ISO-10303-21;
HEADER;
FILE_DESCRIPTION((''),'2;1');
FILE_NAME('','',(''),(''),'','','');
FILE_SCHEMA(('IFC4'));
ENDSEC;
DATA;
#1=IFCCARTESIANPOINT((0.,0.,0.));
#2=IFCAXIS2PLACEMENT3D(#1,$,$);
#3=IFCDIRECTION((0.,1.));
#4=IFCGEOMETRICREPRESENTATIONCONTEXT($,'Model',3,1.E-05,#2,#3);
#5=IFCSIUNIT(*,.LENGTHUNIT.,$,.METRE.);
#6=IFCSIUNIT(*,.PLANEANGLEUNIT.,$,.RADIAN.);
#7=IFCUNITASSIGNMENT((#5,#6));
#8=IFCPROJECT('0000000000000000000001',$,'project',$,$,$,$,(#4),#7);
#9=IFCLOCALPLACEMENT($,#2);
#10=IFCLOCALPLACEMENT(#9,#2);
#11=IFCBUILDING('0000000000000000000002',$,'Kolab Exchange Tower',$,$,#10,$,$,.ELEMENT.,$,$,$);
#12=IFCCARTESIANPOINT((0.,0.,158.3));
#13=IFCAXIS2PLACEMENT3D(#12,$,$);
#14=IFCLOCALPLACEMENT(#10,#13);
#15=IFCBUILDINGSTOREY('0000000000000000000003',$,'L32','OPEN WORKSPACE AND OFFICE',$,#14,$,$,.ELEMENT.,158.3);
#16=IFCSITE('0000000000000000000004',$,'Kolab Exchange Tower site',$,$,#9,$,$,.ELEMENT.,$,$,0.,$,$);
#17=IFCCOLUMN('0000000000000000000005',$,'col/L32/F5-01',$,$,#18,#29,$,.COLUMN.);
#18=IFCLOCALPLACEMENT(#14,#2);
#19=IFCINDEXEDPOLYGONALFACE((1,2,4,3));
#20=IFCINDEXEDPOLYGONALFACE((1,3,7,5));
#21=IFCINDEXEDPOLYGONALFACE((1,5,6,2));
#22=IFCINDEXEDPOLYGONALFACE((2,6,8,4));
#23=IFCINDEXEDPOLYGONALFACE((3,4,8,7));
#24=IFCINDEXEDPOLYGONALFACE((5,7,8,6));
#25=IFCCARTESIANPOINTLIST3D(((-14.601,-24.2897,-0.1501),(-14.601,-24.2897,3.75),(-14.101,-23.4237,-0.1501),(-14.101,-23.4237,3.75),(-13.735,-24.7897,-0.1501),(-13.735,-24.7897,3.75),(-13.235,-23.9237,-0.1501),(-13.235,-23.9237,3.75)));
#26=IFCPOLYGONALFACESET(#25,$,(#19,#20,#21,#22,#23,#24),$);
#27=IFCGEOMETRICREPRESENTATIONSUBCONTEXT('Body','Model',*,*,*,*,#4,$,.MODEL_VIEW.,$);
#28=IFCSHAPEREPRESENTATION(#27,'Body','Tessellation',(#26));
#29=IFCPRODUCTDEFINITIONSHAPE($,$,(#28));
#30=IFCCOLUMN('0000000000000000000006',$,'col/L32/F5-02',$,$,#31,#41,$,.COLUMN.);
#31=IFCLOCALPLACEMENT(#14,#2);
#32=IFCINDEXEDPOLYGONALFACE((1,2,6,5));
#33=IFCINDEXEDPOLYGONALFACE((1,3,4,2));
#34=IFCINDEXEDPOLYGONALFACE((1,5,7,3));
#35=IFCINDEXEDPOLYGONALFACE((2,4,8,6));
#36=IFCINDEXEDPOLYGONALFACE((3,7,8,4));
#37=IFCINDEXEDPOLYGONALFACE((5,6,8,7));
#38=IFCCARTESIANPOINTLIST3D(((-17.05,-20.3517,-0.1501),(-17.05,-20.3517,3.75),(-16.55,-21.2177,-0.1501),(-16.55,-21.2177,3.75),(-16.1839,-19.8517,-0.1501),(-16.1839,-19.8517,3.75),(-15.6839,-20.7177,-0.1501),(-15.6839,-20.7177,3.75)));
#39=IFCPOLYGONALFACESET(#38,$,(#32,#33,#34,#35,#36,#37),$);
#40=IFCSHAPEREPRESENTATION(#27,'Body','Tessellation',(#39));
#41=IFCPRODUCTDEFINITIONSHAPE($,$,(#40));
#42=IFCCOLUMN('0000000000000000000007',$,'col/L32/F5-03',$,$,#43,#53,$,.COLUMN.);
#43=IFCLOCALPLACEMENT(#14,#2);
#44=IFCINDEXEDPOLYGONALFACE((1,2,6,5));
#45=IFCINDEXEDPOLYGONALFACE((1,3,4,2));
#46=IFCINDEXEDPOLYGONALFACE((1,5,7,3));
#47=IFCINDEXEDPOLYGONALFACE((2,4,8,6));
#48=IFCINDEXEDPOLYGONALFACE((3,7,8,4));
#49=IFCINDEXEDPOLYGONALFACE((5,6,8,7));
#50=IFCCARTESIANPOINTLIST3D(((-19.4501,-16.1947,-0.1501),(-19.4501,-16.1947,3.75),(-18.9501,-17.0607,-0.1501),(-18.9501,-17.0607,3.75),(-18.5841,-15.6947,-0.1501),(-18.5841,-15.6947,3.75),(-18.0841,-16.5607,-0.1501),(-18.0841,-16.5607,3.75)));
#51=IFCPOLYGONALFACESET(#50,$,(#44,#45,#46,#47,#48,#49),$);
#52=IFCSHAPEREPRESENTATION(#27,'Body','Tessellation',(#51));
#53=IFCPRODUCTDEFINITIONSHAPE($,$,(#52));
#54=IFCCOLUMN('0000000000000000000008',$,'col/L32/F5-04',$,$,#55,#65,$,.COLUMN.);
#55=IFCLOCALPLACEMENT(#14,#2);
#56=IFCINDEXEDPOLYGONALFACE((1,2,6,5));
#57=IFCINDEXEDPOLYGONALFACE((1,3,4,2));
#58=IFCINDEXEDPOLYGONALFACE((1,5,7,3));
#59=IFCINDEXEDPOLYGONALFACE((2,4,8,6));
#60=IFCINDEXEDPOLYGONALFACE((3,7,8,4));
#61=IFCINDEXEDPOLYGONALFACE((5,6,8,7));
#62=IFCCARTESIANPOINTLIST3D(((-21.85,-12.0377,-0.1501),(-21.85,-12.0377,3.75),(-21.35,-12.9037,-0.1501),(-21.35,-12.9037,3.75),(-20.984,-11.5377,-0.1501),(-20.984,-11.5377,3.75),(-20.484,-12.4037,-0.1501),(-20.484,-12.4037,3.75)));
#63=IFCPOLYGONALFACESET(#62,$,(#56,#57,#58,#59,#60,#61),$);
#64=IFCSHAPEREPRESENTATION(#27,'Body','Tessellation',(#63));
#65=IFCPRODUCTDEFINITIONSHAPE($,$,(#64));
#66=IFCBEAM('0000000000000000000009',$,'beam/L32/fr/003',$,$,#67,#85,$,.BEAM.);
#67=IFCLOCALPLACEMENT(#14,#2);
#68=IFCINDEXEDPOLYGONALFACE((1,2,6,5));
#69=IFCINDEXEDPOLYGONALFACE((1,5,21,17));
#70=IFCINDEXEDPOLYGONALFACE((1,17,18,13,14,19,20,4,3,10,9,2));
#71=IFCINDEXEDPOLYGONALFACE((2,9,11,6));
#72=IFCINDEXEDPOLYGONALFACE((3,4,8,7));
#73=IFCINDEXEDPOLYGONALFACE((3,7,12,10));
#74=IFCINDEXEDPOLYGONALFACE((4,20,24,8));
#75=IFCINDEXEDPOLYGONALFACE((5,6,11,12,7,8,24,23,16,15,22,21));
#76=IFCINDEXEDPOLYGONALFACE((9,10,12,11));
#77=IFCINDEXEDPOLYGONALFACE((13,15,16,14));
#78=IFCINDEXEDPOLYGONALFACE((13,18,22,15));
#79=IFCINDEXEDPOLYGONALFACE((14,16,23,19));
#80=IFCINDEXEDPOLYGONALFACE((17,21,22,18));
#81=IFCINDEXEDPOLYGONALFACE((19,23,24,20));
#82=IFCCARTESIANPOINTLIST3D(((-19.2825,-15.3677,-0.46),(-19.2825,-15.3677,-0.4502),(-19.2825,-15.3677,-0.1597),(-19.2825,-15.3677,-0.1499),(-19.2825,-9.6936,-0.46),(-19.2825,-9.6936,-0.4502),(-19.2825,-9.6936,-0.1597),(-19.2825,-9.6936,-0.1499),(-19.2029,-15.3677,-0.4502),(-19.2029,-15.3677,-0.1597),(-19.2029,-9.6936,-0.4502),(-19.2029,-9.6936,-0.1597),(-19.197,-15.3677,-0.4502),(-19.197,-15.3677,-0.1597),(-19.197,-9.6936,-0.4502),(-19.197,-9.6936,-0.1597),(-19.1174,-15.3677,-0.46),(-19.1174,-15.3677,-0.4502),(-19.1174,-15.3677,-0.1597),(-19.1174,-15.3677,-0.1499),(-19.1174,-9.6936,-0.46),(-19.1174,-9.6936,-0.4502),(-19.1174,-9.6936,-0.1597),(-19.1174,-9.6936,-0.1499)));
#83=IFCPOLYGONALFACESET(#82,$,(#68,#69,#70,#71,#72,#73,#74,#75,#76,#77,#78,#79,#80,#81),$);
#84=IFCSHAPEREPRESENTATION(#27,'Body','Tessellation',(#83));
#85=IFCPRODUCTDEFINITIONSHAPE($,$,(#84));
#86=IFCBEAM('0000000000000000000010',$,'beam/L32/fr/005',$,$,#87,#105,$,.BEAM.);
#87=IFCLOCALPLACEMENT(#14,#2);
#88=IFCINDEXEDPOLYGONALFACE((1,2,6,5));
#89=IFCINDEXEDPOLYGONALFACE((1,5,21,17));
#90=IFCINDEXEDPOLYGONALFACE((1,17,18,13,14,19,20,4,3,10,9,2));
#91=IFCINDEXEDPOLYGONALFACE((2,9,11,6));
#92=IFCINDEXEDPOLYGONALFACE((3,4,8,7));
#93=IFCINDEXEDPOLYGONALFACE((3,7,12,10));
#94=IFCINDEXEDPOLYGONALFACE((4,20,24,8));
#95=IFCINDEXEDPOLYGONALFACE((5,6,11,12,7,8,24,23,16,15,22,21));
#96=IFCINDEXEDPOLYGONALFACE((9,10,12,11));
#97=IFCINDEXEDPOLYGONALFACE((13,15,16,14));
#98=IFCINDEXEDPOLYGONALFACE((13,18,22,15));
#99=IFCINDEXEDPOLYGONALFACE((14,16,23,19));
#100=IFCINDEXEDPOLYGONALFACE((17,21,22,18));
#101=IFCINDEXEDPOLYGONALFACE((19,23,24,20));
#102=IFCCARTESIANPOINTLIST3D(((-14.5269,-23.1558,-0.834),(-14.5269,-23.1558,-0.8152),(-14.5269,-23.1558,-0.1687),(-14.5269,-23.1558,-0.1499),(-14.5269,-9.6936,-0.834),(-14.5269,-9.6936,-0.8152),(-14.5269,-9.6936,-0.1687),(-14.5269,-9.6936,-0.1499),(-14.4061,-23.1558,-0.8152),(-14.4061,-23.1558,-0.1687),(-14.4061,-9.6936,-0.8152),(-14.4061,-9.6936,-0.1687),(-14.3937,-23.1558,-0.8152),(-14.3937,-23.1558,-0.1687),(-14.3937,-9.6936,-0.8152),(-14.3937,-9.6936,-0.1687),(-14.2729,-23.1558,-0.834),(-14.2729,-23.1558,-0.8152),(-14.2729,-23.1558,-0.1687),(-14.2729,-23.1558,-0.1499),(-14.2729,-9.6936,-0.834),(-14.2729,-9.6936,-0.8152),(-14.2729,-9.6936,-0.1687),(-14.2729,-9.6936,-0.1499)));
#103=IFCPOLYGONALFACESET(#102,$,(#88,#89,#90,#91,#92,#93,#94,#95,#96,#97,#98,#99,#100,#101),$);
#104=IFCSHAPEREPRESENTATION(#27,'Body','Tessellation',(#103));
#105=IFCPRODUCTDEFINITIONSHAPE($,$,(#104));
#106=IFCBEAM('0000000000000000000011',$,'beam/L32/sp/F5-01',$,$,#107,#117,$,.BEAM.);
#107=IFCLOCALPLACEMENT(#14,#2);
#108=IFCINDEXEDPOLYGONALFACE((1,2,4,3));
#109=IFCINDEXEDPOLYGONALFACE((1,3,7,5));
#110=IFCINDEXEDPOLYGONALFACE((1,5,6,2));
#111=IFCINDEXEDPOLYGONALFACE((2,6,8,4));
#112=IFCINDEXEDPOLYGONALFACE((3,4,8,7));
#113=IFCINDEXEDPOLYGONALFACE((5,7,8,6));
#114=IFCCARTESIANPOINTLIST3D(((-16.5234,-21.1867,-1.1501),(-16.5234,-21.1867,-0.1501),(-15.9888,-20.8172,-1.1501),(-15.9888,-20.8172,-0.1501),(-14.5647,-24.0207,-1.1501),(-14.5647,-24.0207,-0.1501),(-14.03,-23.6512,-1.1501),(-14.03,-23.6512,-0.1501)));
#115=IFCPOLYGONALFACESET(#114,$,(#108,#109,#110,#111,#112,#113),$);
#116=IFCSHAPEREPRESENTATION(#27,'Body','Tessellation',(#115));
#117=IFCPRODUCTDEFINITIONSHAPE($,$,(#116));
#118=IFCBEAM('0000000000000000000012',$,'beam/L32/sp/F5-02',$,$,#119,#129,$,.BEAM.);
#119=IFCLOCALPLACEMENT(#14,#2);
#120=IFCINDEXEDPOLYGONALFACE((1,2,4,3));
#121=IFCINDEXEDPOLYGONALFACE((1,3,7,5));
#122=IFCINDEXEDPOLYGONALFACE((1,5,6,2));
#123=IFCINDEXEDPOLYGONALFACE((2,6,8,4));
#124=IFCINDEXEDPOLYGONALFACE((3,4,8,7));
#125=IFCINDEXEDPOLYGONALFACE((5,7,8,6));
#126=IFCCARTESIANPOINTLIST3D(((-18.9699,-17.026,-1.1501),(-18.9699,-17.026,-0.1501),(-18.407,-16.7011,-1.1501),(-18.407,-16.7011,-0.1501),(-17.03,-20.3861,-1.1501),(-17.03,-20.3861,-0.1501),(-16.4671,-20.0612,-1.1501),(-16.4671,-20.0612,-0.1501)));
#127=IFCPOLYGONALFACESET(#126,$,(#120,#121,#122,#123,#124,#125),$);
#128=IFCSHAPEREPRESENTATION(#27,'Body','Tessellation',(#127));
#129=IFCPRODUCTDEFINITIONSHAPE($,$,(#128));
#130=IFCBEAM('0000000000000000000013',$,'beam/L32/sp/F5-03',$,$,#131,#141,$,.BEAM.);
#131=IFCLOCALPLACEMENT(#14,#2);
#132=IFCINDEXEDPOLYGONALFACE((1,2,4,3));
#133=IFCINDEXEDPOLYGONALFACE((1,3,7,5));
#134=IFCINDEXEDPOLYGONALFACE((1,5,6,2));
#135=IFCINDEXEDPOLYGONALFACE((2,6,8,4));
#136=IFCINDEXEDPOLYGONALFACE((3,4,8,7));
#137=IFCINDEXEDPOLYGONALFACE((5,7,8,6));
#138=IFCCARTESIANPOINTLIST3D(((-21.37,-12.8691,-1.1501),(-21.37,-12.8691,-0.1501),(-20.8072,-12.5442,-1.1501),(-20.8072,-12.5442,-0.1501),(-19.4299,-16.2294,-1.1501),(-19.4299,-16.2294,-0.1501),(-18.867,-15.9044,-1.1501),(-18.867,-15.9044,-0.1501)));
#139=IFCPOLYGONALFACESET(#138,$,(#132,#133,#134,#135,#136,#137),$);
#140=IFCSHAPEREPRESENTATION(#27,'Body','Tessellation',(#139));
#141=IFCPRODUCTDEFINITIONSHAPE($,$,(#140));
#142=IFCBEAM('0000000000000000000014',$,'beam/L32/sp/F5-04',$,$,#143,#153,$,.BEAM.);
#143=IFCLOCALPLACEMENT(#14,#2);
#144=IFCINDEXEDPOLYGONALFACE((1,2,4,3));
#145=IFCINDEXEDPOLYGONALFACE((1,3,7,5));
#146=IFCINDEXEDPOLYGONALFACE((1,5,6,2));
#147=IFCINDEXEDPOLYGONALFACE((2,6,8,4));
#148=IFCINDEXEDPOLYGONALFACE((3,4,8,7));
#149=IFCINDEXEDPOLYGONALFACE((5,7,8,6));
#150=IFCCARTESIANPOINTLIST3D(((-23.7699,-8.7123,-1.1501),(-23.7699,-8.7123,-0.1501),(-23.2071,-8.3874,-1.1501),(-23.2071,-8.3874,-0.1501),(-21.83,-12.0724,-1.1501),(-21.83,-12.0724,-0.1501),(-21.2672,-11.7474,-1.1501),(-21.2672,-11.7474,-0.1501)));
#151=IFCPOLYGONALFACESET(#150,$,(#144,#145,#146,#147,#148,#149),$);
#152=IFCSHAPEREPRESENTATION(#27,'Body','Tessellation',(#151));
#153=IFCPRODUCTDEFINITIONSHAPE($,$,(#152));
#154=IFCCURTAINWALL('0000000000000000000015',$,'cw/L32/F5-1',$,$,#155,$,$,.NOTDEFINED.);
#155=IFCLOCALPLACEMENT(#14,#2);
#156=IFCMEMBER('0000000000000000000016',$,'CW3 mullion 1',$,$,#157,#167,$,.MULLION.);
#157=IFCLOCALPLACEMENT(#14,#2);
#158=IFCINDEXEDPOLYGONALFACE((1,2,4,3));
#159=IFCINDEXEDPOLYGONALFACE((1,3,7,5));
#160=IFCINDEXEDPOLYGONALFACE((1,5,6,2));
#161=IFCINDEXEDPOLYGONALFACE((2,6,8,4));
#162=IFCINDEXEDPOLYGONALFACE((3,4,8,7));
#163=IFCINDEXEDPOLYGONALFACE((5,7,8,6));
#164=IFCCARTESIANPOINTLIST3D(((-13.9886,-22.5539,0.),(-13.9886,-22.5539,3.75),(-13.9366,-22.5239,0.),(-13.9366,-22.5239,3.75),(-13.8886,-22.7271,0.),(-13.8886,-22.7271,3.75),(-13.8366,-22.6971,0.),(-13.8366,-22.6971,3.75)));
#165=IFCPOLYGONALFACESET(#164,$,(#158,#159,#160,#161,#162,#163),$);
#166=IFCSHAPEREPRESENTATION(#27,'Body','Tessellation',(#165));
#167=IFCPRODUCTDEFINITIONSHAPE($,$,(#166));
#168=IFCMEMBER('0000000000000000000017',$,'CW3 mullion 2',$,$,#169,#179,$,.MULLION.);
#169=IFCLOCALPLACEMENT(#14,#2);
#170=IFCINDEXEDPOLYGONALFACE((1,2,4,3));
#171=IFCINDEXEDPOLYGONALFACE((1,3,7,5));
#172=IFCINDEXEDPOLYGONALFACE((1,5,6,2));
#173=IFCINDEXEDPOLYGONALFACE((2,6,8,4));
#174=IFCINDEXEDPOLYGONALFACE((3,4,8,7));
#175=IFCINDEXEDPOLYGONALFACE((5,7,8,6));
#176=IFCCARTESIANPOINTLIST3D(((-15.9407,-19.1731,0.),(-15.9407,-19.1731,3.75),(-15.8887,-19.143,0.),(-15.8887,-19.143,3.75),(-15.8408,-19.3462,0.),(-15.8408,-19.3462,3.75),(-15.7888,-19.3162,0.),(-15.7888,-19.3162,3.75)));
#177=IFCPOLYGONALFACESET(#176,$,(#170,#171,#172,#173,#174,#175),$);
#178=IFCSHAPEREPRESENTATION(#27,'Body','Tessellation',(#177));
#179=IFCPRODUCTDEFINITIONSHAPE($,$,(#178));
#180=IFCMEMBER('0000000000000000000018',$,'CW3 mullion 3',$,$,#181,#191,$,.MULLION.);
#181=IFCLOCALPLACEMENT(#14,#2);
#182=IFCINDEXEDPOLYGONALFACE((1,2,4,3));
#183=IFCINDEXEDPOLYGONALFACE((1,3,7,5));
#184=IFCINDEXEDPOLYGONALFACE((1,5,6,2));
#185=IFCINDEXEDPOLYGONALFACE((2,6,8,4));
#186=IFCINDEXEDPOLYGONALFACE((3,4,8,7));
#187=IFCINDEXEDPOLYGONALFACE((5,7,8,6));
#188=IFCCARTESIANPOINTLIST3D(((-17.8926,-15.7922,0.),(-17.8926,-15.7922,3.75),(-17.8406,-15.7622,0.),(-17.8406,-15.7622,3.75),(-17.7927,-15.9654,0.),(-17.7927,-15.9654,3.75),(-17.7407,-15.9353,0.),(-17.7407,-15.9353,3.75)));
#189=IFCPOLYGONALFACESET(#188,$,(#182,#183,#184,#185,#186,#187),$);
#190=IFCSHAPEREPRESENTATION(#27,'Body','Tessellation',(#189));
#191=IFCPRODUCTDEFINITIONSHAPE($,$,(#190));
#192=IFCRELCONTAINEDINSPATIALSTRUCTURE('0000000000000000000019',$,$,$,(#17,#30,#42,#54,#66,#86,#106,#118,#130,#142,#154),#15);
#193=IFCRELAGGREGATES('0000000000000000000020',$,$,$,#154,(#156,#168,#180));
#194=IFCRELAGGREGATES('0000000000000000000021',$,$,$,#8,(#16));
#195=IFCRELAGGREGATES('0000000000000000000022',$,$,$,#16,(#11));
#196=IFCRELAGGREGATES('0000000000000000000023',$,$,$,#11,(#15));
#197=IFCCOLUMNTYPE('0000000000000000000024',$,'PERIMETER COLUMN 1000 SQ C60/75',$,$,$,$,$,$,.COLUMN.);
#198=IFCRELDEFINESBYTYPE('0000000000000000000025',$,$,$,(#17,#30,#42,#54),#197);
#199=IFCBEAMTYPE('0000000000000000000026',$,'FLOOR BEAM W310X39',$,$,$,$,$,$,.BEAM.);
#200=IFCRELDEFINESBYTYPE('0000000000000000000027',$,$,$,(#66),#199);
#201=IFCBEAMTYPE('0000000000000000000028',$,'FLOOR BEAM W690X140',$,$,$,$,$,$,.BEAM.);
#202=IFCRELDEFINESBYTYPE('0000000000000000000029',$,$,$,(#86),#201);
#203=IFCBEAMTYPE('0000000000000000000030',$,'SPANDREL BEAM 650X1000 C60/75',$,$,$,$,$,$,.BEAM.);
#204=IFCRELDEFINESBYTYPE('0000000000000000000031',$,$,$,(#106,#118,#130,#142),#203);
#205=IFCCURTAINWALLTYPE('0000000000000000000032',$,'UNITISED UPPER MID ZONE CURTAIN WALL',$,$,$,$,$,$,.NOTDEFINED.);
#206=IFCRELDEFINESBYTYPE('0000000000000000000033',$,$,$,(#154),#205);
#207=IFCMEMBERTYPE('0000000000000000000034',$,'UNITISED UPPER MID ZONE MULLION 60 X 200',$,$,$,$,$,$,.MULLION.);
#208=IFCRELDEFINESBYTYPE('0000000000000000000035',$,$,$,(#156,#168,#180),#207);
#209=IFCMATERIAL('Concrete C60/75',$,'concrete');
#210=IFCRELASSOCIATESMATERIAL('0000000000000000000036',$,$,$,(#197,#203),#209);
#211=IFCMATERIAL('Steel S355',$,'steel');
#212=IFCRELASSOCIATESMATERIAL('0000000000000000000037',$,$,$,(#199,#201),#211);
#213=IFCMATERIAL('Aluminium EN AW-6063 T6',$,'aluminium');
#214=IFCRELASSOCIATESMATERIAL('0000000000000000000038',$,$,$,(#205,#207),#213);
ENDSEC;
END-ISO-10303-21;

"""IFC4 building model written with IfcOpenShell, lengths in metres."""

from ifc_helpers import new_model, si_unit, direction, frame, origin, origin_2d, place, context, subcontext, project, spatial, rectangle, i_section, extrude, material, material_profile, profile_set, type_object, element, aggregate, save


model = new_model("IFC4")

# Units and contexts
model_context = context("Model", 3, precision=1e-05, world=origin(), true_north=direction((0.0, 1.0)))
body_context = subcontext(model_context, "Body", "Model", "MODEL_VIEW")
ifc_project = project(units=[si_unit("LENGTHUNIT", "METRE"), si_unit("PLANEANGLEUNIT", "RADIAN")], contexts=[model_context])

# Site, building, storey
site_placement = place(None, origin())
site = spatial("IfcSite", under=ifc_project, at=site_placement, Name="Kolab Exchange Tower site", CompositionType="ELEMENT", RefElevation=0.0)
building_placement = place(site_placement, origin())
building = spatial("IfcBuilding", under=site, at=building_placement, Name="Kolab Exchange Tower", CompositionType="ELEMENT")
storey_placement = place(building_placement, frame((0.0, 0.0, 158.3)))
storey = spatial("IfcBuildingStorey", under=building, at=storey_placement, Name="L32", Description="OPEN WORKSPACE AND OFFICE", CompositionType="ELEMENT", Elevation=158.3)

# Columns
ifc_material_1 = material(Name="Concrete C60/75", Category="concrete")
ifc_material_profile_1 = material_profile(ifc_material_1, rectangle(XDim=1.0, YDim=1.0, at=origin_2d()), Name="RC1000")
ifc_profile_set_1 = profile_set([ifc_material_profile_1], Name="Concrete C60/75")
column_type = type_object("IfcColumnType", Name="PERIMETER COLUMN 1000 SQ C60/75", PredefinedType="COLUMN", material=ifc_profile_set_1)
for number, where, z_axis, x_axis, name in (
    (1, (-13.918, -24.1067, -0.1501), (0.0, 0.0, 1.0), (0.5, 0.866025, 0.0), "col/L32/F5-01"),
    (2, (-16.3669, -20.5347, -0.1501), (0.0, 0.0, 1.0), (0.866025, 0.5, 0.0), "col/L32/F5-02"),
    (3, (-18.7671, -16.3777, -0.1501), (0.0, 0.0, 1.0), (0.866025, 0.5, 0.0), "col/L32/F5-03"),
    (4, (-21.167, -12.2207, -0.1501), (0.0, 0.0, 1.0), (0.866025, 0.5, 0.0), "col/L32/F5-04"),
):
    element("IfcColumn", number, at=place(storey_placement, frame(where, z_axis=z_axis, x_axis=x_axis)), inside=storey, type_object=column_type, Name=name, PredefinedType="COLUMN", context=body_context, shape_type="SweptSolid", body=[
        extrude(rectangle(XDim=1.0, YDim=1.0, at=origin_2d()), origin(), (0.0, 0.0, 1.0), 3.9001),
    ])

# Beams
ifc_material_2 = material(Name="Steel S355", Category="steel")
ifc_material_profile_2 = material_profile(ifc_material_2, i_section(OverallWidth=0.165, OverallDepth=0.3101, WebThickness=0.0059, FlangeThickness=0.0098, at=origin_2d()), Name="W310X39")
ifc_profile_set_2 = profile_set([ifc_material_profile_2], Name="Steel S355")
beam_type_1 = type_object("IfcBeamType", Name="FLOOR BEAM W310X39", PredefinedType="BEAM", material=ifc_profile_set_2)
beam_1_placement = place(storey_placement, frame((-19.2, -15.3677, -0.3049), z_axis=(0.0, 1.0, 0.0), x_axis=(-1.0, 0.0, 0.0)))
element("IfcBeam", 5, at=beam_1_placement, inside=storey, type_object=beam_type_1, Name="beam/L32/fr/003", PredefinedType="BEAM", context=body_context, shape_type="SweptSolid", body=[
    extrude(i_section(OverallWidth=0.165, OverallDepth=0.3101, WebThickness=0.0059, FlangeThickness=0.0098, at=origin_2d()), origin(), (0.0, 0.0, 1.0), 5.6741),
])
ifc_material_profile_3 = material_profile(ifc_material_2, i_section(OverallWidth=0.2539, OverallDepth=0.6841, WebThickness=0.0125, FlangeThickness=0.0188, at=origin_2d()), Name="W690X140")
ifc_profile_set_3 = profile_set([ifc_material_profile_3], Name="Steel S355")
beam_type_2 = type_object("IfcBeamType", Name="FLOOR BEAM W690X140", PredefinedType="BEAM", material=ifc_profile_set_3)
beam_2_placement = place(storey_placement, frame((-14.3999, -23.1558, -0.4919), z_axis=(0.0, 1.0, 0.0), x_axis=(-1.0, 0.0, 0.0)))
element("IfcBeam", 6, at=beam_2_placement, inside=storey, type_object=beam_type_2, Name="beam/L32/fr/005", PredefinedType="BEAM", context=body_context, shape_type="SweptSolid", body=[
    extrude(i_section(OverallWidth=0.2539, OverallDepth=0.6841, WebThickness=0.0125, FlangeThickness=0.0188, at=origin_2d()), origin(), (0.0, 0.0, 1.0), 13.4622),
])
ifc_material_profile_4 = material_profile(ifc_material_1, rectangle(XDim=0.6499, YDim=1.0, at=origin_2d()), Name="RC650X1000")
ifc_profile_set_4 = profile_set([ifc_material_profile_4], Name="Concrete C60/75")
beam_type_3 = type_object("IfcBeamType", Name="SPANDREL BEAM 650X1000 C60/75", PredefinedType="BEAM", material=ifc_profile_set_4)
beam_3_placement = place(storey_placement, frame((-14.2974, -23.8359, -0.6501), z_axis=(-0.568572, 0.822633, 0.0), x_axis=(-0.822633, -0.568572, 0.0)))
element("IfcBeam", 7, at=beam_3_placement, inside=storey, type_object=beam_type_3, Name="beam/L32/sp/F5-01", PredefinedType="BEAM", context=body_context, shape_type="SweptSolid", body=[
    extrude(rectangle(XDim=0.6499, YDim=1.0, at=origin_2d()), origin(), (0.0, 0.0, 1.0), 3.4451),
])
beam_4_placement = place(storey_placement, frame((-16.7485, -20.2236, -0.6501), z_axis=(-0.499997, 0.866027, 0.0), x_axis=(-0.866027, -0.499997, 0.0)))
element("IfcBeam", 8, at=beam_4_placement, inside=storey, type_object=beam_type_3, Name="beam/L32/sp/F5-02", PredefinedType="BEAM", context=body_context, shape_type="SweptSolid", body=[
    extrude(rectangle(XDim=0.6499, YDim=1.0, at=origin_2d()), origin(), (0.0, 0.0, 1.0), 3.8799),
])
beam_5_placement = place(storey_placement, frame((-19.1484, -16.0669, -0.6501), z_axis=(-0.500017, 0.866016, 0.0), x_axis=(-0.866016, -0.500017, 0.0)))
element("IfcBeam", 9, at=beam_5_placement, inside=storey, type_object=beam_type_3, Name="beam/L32/sp/F5-03", PredefinedType="BEAM", context=body_context, shape_type="SweptSolid", body=[
    extrude(rectangle(XDim=0.6499, YDim=1.0, at=origin_2d()), origin(), (0.0, 0.0, 1.0), 3.8801),
])
beam_6_placement = place(storey_placement, frame((-21.5486, -11.9099, -0.6501), z_axis=(-0.499997, 0.866027, 0.0), x_axis=(-0.866027, -0.499997, 0.0)))
element("IfcBeam", 10, at=beam_6_placement, inside=storey, type_object=beam_type_3, Name="beam/L32/sp/F5-04", PredefinedType="BEAM", context=body_context, shape_type="SweptSolid", body=[
    extrude(rectangle(XDim=0.6499, YDim=1.0, at=origin_2d()), origin(), (0.0, 0.0, 1.0), 3.8799),
])

# Curtain wall, members
ifc_material_3 = material(Name="Aluminium EN AW-6063 T6", Category="aluminium")
curtain_wall_type = type_object("IfcCurtainWallType", Name="UNITISED UPPER MID ZONE CURTAIN WALL", PredefinedType="NOTDEFINED", material=ifc_material_3)
curtain_wall_placement = place(storey_placement, origin())
curtain_wall = element("IfcCurtainWall", 11, at=curtain_wall_placement, inside=storey, type_object=curtain_wall_type, Name="cw/L32/F5-1", PredefinedType="NOTDEFINED")
ifc_material_profile_5 = material_profile(ifc_material_3, rectangle(XDim=0.0601, YDim=0.2, at=origin_2d()), Name="RECT 60X200")
ifc_profile_set_5 = profile_set([ifc_material_profile_5], Name="Aluminium EN AW-6063 T6")
member_type_1 = type_object("IfcMemberType", Name="UNITISED UPPER MID ZONE MULLION 60 X 200", PredefinedType="MULLION", material=ifc_profile_set_5)
member_1_placement = place(storey_placement, frame((-13.9126, -22.6255, 0.0), z_axis=(0.0, 0.0, 1.0), x_axis=(-0.866025, -0.5, 0.0)))
member_1 = element("IfcMember", 12, at=member_1_placement, type_object=member_type_1, Name="CW3 mullion 1", PredefinedType="MULLION", context=body_context, shape_type="SweptSolid", body=[
    extrude(rectangle(XDim=0.0601, YDim=0.2, at=origin_2d()), origin(), (0.0, 0.0, 1.0), 3.75),
])
member_2_placement = place(storey_placement, frame((-15.8647, -19.2446, 0.0), z_axis=(0.0, 0.0, 1.0), x_axis=(-0.866025, -0.5, 0.0)))
member_2 = element("IfcMember", 13, at=member_2_placement, type_object=member_type_1, Name="CW3 mullion 2", PredefinedType="MULLION", context=body_context, shape_type="SweptSolid", body=[
    extrude(rectangle(XDim=0.0601, YDim=0.2, at=origin_2d()), origin(), (0.0, 0.0, 1.0), 3.75),
])
member_3_placement = place(storey_placement, frame((-17.8167, -15.8638, 0.0), z_axis=(0.0, 0.0, 1.0), x_axis=(-0.866025, -0.5, 0.0)))
member_3 = element("IfcMember", 14, at=member_3_placement, type_object=member_type_1, Name="CW3 mullion 3", PredefinedType="MULLION", context=body_context, shape_type="SweptSolid", body=[
    extrude(rectangle(XDim=0.0601, YDim=0.2, at=origin_2d()), origin(), (0.0, 0.0, 1.0), 3.75),
])
aggregate(curtain_wall, [member_1, member_2, member_3])

save(model, "model.ifc")
